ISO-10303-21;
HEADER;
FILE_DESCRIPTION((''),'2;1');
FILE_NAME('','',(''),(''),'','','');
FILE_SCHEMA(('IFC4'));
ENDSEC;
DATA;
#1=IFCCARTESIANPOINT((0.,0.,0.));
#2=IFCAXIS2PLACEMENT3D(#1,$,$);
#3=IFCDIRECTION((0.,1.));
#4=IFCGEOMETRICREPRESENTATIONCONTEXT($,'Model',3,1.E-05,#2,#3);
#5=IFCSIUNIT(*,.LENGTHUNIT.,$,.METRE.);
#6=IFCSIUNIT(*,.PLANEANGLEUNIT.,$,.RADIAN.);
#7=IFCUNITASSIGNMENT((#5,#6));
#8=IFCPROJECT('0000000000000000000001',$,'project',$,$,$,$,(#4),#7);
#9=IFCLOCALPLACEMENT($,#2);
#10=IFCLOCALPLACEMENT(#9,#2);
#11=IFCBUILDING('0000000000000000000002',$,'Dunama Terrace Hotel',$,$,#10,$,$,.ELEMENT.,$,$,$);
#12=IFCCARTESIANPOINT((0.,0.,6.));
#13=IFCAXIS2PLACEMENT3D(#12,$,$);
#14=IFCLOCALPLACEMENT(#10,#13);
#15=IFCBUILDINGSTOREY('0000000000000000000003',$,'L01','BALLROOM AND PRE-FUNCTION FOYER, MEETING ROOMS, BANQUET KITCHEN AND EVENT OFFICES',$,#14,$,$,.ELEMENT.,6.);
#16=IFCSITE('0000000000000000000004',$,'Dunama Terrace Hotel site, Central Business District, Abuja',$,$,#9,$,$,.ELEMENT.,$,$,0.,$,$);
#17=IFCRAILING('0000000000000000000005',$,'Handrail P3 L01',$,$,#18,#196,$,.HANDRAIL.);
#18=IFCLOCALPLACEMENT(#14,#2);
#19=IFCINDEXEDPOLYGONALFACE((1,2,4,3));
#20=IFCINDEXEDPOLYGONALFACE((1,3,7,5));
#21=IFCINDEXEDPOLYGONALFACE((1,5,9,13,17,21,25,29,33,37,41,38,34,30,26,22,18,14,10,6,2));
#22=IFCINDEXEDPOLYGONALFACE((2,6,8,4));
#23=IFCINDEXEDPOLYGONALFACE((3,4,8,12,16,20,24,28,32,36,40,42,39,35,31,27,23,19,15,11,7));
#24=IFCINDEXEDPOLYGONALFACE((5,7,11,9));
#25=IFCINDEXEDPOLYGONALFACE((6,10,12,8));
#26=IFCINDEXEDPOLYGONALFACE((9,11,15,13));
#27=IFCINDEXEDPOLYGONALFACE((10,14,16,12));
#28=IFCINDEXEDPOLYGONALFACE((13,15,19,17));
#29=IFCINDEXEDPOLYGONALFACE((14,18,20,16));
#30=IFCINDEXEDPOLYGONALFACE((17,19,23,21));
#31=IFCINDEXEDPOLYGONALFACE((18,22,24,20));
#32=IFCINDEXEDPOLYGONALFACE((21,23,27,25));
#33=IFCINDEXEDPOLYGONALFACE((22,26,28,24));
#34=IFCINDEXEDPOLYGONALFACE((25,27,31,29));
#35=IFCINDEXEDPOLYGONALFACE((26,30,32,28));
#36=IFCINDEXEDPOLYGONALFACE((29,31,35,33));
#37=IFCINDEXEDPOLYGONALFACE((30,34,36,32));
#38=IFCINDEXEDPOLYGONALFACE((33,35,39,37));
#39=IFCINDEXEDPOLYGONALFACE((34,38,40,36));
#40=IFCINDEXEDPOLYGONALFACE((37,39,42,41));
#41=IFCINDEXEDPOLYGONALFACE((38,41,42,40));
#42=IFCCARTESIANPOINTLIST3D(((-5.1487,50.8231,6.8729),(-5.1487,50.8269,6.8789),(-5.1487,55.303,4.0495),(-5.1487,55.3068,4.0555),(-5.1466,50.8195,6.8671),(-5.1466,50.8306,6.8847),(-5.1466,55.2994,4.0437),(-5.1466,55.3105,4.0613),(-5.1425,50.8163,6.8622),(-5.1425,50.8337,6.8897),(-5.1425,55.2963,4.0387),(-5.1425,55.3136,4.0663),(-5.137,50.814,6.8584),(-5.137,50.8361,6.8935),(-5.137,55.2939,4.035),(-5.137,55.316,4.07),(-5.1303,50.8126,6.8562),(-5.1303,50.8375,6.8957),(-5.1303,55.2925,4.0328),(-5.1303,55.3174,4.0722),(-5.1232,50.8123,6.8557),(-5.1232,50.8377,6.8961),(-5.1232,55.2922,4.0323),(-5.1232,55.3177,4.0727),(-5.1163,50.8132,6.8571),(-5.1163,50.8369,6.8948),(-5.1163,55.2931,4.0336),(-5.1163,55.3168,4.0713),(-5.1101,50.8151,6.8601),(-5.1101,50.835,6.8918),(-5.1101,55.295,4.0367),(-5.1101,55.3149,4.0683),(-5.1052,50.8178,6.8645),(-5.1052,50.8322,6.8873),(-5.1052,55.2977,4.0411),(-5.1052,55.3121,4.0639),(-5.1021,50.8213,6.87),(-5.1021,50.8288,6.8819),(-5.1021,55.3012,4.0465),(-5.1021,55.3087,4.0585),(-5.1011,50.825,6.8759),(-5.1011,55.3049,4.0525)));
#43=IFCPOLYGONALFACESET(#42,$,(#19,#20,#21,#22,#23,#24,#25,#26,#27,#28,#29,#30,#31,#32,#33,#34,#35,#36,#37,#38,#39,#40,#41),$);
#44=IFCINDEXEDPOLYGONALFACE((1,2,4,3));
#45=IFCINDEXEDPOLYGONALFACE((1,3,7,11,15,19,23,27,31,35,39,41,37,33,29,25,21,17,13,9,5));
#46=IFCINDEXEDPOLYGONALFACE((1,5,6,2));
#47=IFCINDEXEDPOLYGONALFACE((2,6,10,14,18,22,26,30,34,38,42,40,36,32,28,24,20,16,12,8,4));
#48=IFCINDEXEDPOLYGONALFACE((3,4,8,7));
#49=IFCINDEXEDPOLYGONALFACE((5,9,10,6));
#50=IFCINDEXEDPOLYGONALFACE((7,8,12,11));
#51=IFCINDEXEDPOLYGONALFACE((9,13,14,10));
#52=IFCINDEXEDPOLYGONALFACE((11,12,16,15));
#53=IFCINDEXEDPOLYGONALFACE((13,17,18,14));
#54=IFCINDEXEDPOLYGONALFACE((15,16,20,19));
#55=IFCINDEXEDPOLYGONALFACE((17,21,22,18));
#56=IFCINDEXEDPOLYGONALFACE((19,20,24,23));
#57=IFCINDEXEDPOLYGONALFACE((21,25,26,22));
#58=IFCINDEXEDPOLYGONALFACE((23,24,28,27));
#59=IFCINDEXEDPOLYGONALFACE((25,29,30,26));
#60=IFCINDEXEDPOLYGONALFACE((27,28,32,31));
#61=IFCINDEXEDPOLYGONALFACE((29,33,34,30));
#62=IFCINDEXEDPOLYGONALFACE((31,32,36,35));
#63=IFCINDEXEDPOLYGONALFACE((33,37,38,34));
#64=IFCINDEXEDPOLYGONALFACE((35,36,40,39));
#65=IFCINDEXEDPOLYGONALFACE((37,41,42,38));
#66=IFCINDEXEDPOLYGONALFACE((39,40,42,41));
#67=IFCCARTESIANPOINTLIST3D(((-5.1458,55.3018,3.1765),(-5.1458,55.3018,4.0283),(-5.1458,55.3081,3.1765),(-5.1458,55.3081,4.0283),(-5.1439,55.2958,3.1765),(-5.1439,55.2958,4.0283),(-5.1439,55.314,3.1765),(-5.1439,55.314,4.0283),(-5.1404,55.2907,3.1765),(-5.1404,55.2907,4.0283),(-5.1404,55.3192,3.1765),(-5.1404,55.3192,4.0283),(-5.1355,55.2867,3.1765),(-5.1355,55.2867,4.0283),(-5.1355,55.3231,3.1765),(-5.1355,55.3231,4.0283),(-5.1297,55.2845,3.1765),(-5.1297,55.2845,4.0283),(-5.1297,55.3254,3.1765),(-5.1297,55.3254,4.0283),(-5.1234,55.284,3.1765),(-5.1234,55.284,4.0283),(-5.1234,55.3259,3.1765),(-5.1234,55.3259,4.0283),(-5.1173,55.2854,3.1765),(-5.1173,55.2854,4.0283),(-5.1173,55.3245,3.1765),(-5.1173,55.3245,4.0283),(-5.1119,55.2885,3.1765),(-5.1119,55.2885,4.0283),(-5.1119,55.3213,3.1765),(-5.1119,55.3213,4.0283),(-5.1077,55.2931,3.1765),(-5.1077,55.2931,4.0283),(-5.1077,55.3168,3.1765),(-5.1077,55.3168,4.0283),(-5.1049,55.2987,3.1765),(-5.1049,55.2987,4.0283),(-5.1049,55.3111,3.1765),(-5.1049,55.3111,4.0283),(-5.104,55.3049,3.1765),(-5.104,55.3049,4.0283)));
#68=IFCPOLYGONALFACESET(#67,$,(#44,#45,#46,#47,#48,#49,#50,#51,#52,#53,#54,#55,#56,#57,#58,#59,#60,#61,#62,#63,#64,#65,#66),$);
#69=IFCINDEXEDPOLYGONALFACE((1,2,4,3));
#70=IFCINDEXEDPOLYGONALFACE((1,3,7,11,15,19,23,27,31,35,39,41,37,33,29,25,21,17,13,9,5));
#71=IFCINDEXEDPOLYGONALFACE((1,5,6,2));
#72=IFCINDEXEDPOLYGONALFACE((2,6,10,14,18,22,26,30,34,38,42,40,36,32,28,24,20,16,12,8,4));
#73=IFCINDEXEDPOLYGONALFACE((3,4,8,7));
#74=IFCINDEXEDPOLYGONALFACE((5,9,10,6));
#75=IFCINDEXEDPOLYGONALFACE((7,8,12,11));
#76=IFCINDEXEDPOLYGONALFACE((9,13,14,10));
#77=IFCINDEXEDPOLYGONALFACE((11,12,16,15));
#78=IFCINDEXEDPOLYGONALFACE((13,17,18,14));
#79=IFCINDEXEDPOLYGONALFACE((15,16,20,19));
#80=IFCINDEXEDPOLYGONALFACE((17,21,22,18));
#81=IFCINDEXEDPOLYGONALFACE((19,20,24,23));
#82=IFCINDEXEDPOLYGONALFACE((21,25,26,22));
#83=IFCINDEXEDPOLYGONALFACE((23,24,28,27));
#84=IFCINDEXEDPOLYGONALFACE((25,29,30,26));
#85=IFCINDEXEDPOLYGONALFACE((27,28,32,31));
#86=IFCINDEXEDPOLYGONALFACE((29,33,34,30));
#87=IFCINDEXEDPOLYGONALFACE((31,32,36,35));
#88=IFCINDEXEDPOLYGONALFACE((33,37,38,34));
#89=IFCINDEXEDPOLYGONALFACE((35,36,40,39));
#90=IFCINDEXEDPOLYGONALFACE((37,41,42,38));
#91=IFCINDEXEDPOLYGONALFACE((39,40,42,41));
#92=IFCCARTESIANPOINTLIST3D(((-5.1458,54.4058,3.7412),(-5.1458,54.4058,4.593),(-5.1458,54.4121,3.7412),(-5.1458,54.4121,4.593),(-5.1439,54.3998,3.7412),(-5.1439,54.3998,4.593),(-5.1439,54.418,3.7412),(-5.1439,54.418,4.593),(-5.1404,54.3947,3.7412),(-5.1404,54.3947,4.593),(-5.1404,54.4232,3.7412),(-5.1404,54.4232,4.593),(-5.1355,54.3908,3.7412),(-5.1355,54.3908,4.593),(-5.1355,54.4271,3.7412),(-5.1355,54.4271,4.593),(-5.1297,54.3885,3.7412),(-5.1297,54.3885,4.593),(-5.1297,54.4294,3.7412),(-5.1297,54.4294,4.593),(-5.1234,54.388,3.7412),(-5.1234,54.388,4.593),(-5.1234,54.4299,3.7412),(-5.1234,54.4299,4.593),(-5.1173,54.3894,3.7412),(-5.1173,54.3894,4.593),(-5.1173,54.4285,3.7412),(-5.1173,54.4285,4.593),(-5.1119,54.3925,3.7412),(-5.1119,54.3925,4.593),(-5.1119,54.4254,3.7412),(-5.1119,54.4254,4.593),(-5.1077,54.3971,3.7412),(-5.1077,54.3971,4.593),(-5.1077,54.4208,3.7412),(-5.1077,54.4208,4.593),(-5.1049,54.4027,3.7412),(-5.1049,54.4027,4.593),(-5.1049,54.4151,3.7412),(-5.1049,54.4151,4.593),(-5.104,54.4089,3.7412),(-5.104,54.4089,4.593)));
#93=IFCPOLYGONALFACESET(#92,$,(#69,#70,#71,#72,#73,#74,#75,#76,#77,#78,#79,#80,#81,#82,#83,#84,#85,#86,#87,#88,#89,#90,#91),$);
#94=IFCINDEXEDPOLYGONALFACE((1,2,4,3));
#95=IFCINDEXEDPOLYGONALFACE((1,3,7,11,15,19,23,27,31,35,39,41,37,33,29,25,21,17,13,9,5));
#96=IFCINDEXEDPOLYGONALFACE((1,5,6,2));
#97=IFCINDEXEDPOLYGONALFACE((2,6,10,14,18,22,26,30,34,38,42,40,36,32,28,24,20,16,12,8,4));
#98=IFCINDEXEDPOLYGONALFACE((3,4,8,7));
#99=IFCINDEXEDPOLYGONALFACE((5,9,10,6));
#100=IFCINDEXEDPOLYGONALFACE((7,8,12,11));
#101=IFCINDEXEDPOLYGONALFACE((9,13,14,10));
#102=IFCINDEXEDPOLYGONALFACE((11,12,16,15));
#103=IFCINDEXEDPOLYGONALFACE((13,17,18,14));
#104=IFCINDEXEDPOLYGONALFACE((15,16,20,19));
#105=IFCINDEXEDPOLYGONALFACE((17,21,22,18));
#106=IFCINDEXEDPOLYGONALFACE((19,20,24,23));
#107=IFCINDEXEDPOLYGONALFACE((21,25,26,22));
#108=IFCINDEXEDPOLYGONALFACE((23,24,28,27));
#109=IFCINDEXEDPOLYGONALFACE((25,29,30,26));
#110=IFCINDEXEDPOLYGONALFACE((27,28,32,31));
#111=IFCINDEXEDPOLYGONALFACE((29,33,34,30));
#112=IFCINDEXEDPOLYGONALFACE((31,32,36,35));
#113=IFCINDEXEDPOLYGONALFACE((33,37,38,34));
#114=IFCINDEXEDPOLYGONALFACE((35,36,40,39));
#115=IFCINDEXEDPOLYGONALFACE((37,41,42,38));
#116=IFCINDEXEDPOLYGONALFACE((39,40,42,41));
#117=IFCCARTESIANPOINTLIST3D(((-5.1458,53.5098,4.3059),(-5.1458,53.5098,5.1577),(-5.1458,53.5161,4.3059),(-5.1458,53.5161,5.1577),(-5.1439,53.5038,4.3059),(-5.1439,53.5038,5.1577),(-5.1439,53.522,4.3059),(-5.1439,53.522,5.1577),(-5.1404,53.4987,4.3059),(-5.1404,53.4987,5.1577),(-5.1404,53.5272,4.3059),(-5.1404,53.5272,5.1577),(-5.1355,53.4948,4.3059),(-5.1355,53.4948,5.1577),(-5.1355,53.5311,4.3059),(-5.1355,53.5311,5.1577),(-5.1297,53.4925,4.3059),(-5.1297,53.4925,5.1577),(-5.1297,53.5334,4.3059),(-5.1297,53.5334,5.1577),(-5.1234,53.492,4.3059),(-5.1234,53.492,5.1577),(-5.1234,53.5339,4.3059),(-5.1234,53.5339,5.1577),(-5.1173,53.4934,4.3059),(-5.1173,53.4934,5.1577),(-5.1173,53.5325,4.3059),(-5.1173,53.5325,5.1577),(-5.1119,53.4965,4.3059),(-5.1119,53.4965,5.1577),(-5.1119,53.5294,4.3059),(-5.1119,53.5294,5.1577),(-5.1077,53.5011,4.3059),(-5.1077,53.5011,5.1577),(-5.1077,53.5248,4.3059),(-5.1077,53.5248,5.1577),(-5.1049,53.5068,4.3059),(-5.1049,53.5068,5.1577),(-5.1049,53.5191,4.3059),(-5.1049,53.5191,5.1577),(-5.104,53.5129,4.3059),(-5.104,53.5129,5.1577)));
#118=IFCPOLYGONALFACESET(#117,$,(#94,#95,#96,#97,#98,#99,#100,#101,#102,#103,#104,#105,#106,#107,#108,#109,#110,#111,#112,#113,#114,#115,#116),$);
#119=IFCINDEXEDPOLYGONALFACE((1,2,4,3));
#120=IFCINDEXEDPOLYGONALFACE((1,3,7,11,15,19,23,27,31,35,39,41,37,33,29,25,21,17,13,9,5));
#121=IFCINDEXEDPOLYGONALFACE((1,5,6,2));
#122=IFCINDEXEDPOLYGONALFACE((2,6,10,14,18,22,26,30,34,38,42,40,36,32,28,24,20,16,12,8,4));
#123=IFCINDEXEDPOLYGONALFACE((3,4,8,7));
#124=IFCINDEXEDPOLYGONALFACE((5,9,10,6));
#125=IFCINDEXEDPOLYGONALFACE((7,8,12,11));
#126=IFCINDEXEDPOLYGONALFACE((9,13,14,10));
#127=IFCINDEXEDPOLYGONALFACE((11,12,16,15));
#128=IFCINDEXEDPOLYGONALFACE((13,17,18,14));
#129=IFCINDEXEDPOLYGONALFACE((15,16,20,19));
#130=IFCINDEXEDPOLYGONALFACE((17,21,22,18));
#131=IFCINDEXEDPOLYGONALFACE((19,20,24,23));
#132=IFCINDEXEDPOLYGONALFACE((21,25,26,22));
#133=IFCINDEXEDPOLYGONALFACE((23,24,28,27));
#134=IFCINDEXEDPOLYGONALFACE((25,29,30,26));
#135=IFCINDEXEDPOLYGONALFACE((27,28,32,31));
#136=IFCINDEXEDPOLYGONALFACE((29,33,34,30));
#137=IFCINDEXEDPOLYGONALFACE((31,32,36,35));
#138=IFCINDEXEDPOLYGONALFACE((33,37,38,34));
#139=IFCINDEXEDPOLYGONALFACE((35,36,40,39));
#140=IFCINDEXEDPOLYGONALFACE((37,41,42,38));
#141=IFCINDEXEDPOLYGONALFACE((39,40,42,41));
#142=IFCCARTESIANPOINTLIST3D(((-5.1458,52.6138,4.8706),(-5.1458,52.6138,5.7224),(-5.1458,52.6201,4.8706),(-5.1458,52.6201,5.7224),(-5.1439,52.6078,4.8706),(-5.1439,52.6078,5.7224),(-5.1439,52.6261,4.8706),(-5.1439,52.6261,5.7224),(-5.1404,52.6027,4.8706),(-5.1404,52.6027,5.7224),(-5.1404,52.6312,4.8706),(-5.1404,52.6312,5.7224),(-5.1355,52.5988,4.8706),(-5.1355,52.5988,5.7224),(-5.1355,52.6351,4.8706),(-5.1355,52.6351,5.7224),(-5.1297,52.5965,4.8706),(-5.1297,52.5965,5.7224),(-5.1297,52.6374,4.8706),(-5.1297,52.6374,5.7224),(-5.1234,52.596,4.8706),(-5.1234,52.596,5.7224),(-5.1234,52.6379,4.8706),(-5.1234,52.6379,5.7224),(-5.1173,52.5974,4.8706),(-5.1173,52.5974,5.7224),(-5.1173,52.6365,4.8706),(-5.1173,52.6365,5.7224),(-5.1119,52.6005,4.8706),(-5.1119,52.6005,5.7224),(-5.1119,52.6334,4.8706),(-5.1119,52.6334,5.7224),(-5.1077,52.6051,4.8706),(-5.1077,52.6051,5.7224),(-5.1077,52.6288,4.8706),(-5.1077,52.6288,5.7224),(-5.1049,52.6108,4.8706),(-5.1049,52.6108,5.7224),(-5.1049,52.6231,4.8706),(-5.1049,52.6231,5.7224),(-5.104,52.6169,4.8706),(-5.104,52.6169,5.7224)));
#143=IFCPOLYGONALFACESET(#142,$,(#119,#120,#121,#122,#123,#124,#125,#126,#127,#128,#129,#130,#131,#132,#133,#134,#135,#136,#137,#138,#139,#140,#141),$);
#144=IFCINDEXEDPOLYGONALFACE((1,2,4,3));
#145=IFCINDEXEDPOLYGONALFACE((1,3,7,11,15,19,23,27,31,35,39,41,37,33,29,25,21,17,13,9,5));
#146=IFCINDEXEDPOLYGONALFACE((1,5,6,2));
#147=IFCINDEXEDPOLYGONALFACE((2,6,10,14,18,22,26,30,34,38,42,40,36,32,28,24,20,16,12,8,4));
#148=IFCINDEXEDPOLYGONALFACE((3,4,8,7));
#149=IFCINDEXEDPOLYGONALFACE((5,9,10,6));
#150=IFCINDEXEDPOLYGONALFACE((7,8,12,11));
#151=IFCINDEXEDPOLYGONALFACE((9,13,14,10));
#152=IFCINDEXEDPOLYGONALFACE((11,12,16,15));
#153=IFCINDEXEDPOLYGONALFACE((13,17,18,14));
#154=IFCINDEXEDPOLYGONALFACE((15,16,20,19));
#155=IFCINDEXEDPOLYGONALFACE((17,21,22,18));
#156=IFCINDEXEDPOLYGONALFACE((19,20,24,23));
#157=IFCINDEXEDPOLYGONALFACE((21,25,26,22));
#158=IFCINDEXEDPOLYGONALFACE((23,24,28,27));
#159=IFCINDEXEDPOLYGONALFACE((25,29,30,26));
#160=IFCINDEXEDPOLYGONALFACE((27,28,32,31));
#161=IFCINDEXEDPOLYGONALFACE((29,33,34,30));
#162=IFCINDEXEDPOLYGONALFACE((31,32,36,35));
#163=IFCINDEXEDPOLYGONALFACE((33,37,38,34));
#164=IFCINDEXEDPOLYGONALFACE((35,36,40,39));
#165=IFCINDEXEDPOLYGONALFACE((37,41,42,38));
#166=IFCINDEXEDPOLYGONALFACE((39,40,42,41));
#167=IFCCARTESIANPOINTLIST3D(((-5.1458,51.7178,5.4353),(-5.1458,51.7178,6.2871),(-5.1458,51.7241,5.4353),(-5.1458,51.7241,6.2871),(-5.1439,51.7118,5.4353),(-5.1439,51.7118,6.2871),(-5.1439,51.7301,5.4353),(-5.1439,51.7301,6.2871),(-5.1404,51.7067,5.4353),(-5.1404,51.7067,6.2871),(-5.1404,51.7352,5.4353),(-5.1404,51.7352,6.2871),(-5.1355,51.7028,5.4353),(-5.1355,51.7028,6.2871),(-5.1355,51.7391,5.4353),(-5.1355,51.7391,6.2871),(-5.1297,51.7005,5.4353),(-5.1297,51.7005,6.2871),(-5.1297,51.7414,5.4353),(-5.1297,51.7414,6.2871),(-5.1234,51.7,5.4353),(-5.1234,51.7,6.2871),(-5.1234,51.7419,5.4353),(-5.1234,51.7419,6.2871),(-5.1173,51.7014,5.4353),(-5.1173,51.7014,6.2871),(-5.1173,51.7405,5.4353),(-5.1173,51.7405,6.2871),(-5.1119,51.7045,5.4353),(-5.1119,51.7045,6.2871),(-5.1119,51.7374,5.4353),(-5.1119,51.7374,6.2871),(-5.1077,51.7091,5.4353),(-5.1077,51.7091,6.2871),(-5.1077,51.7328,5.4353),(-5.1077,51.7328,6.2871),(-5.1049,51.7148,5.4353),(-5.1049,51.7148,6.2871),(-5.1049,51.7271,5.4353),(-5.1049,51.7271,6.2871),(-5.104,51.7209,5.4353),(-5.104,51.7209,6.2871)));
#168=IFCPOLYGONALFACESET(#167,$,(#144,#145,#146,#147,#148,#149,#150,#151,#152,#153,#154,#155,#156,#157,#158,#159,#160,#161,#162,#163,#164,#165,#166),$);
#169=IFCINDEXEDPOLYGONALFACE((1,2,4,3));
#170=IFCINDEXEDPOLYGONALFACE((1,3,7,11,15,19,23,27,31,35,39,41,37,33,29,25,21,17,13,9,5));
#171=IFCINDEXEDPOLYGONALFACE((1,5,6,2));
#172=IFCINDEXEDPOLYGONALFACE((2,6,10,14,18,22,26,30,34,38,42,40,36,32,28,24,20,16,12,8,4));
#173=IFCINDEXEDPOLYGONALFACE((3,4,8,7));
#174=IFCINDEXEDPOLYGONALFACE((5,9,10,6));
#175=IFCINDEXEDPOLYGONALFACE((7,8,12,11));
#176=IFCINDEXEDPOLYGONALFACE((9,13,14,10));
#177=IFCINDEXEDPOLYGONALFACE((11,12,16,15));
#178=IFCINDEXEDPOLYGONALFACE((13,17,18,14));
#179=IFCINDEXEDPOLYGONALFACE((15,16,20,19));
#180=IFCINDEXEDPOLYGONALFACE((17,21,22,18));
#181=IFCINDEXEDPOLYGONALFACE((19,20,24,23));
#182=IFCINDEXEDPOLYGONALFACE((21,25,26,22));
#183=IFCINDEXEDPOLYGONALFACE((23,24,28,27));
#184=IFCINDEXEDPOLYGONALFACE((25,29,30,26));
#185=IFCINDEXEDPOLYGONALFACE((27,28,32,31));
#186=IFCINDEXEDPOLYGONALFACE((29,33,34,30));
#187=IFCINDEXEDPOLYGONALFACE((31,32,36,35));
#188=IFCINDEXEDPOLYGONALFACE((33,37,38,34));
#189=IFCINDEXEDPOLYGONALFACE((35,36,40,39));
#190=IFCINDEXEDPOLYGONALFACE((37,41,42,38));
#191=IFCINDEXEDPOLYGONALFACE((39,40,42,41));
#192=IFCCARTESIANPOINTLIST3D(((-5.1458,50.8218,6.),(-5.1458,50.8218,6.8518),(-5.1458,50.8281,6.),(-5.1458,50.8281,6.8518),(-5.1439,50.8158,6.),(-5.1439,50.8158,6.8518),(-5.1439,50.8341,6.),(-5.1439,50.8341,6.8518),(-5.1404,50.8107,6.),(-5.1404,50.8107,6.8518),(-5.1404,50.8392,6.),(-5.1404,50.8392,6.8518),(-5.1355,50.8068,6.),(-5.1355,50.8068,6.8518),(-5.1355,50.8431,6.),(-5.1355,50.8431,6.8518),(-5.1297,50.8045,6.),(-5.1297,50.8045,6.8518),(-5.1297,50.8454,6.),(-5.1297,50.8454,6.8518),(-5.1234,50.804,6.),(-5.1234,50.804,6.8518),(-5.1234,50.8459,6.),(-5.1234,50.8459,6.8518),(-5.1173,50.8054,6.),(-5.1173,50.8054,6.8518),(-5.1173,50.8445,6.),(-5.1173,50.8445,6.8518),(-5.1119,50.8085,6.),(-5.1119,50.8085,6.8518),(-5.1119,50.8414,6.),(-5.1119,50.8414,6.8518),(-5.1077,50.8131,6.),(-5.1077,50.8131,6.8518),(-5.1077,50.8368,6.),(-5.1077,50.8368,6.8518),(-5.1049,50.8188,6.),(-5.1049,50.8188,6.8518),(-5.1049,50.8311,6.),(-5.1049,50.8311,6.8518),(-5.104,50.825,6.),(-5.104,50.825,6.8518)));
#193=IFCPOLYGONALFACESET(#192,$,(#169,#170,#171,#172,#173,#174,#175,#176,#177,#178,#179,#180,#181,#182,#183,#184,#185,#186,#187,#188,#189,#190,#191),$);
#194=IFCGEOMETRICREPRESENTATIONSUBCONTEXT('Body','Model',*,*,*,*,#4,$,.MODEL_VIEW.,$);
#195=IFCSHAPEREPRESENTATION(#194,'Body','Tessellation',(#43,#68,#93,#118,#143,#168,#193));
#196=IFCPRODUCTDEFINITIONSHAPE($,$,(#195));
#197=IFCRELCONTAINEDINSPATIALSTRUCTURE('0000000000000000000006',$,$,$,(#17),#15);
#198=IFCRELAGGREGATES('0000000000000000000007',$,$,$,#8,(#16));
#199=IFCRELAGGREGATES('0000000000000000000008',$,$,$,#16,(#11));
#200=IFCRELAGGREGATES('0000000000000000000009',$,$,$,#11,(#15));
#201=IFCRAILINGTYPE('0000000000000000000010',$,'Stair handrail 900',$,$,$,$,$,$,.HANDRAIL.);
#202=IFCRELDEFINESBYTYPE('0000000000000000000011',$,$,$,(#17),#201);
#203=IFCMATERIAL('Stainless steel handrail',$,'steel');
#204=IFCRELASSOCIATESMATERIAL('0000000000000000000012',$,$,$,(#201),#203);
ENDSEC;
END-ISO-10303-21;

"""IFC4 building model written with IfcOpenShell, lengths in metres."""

from ifc_helpers import new_model, si_unit, direction, frame, origin, origin_2d, place, context, subcontext, project, spatial, circle, extrude, material, type_object, element, save


model = new_model("IFC4")

# Units and contexts
model_context = context("Model", 3, precision=1e-05, world=origin(), true_north=direction((0.0, 1.0)))
body_context = subcontext(model_context, "Body", "Model", "MODEL_VIEW")
ifc_project = project(units=[si_unit("LENGTHUNIT", "METRE"), si_unit("PLANEANGLEUNIT", "RADIAN")], contexts=[model_context])

# Site, building, storey
site_placement = place(None, origin())
site = spatial("IfcSite", under=ifc_project, at=site_placement, Name="Dunama Terrace Hotel site, Central Business District, Abuja", CompositionType="ELEMENT", RefElevation=0.0)
building_placement = place(site_placement, origin())
building = spatial("IfcBuilding", under=site, at=building_placement, Name="Dunama Terrace Hotel", CompositionType="ELEMENT")
storey_placement = place(building_placement, frame((0.0, 0.0, 6.0)))
storey = spatial("IfcBuildingStorey", under=building, at=storey_placement, Name="L01", Description="BALLROOM AND PRE-FUNCTION FOYER, MEETING ROOMS, BANQUET KITCHEN AND EVENT OFFICES", CompositionType="ELEMENT", Elevation=6.0)

# Railing
ifc_material_1 = material(Name="Stainless steel handrail", Category="steel")
railing_type = type_object("IfcRailingType", Name="Stair handrail 900", PredefinedType="HANDRAIL", material=ifc_material_1)
railing_1_placement = place(storey_placement, frame((-5.125, 55.3049, 3.1765)))
element("IfcRailing", 1, at=railing_1_placement, inside=storey, type_object=railing_type, Name="Handrail P3 L01", PredefinedType="HANDRAIL", context=body_context, shape_type="SweptSolid", body=[
    extrude(circle(Radius=0.0239, at=origin_2d()), frame((0.0, 0.0, 0.876), z_axis=(0.0, -0.845998, 0.533186), x_axis=(1.0, 0.0, 0.0)), (0.0, 0.0, 1.0), 5.2954),
    extrude(circle(Radius=0.021, at=origin_2d()), origin(), (0.0, 0.0, 1.0), 0.8518),
    extrude(circle(Radius=0.021, at=origin_2d()), frame((0.0, -0.896, 0.5647)), (0.0, 0.0, 1.0), 0.8518),
    extrude(circle(Radius=0.021, at=origin_2d()), frame((0.0, -1.792, 1.1294)), (0.0, 0.0, 1.0), 0.8518),
    extrude(circle(Radius=0.021, at=origin_2d()), frame((0.0, -2.688, 1.6941)), (0.0, 0.0, 1.0), 0.8518),
    extrude(circle(Radius=0.021, at=origin_2d()), frame((0.0, -3.584, 2.2588)), (0.0, 0.0, 1.0), 0.8518),
    extrude(circle(Radius=0.021, at=origin_2d()), frame((0.0, -4.48, 2.8235)), (0.0, 0.0, 1.0), 0.8518),
])

save(model, "model.ifc")
